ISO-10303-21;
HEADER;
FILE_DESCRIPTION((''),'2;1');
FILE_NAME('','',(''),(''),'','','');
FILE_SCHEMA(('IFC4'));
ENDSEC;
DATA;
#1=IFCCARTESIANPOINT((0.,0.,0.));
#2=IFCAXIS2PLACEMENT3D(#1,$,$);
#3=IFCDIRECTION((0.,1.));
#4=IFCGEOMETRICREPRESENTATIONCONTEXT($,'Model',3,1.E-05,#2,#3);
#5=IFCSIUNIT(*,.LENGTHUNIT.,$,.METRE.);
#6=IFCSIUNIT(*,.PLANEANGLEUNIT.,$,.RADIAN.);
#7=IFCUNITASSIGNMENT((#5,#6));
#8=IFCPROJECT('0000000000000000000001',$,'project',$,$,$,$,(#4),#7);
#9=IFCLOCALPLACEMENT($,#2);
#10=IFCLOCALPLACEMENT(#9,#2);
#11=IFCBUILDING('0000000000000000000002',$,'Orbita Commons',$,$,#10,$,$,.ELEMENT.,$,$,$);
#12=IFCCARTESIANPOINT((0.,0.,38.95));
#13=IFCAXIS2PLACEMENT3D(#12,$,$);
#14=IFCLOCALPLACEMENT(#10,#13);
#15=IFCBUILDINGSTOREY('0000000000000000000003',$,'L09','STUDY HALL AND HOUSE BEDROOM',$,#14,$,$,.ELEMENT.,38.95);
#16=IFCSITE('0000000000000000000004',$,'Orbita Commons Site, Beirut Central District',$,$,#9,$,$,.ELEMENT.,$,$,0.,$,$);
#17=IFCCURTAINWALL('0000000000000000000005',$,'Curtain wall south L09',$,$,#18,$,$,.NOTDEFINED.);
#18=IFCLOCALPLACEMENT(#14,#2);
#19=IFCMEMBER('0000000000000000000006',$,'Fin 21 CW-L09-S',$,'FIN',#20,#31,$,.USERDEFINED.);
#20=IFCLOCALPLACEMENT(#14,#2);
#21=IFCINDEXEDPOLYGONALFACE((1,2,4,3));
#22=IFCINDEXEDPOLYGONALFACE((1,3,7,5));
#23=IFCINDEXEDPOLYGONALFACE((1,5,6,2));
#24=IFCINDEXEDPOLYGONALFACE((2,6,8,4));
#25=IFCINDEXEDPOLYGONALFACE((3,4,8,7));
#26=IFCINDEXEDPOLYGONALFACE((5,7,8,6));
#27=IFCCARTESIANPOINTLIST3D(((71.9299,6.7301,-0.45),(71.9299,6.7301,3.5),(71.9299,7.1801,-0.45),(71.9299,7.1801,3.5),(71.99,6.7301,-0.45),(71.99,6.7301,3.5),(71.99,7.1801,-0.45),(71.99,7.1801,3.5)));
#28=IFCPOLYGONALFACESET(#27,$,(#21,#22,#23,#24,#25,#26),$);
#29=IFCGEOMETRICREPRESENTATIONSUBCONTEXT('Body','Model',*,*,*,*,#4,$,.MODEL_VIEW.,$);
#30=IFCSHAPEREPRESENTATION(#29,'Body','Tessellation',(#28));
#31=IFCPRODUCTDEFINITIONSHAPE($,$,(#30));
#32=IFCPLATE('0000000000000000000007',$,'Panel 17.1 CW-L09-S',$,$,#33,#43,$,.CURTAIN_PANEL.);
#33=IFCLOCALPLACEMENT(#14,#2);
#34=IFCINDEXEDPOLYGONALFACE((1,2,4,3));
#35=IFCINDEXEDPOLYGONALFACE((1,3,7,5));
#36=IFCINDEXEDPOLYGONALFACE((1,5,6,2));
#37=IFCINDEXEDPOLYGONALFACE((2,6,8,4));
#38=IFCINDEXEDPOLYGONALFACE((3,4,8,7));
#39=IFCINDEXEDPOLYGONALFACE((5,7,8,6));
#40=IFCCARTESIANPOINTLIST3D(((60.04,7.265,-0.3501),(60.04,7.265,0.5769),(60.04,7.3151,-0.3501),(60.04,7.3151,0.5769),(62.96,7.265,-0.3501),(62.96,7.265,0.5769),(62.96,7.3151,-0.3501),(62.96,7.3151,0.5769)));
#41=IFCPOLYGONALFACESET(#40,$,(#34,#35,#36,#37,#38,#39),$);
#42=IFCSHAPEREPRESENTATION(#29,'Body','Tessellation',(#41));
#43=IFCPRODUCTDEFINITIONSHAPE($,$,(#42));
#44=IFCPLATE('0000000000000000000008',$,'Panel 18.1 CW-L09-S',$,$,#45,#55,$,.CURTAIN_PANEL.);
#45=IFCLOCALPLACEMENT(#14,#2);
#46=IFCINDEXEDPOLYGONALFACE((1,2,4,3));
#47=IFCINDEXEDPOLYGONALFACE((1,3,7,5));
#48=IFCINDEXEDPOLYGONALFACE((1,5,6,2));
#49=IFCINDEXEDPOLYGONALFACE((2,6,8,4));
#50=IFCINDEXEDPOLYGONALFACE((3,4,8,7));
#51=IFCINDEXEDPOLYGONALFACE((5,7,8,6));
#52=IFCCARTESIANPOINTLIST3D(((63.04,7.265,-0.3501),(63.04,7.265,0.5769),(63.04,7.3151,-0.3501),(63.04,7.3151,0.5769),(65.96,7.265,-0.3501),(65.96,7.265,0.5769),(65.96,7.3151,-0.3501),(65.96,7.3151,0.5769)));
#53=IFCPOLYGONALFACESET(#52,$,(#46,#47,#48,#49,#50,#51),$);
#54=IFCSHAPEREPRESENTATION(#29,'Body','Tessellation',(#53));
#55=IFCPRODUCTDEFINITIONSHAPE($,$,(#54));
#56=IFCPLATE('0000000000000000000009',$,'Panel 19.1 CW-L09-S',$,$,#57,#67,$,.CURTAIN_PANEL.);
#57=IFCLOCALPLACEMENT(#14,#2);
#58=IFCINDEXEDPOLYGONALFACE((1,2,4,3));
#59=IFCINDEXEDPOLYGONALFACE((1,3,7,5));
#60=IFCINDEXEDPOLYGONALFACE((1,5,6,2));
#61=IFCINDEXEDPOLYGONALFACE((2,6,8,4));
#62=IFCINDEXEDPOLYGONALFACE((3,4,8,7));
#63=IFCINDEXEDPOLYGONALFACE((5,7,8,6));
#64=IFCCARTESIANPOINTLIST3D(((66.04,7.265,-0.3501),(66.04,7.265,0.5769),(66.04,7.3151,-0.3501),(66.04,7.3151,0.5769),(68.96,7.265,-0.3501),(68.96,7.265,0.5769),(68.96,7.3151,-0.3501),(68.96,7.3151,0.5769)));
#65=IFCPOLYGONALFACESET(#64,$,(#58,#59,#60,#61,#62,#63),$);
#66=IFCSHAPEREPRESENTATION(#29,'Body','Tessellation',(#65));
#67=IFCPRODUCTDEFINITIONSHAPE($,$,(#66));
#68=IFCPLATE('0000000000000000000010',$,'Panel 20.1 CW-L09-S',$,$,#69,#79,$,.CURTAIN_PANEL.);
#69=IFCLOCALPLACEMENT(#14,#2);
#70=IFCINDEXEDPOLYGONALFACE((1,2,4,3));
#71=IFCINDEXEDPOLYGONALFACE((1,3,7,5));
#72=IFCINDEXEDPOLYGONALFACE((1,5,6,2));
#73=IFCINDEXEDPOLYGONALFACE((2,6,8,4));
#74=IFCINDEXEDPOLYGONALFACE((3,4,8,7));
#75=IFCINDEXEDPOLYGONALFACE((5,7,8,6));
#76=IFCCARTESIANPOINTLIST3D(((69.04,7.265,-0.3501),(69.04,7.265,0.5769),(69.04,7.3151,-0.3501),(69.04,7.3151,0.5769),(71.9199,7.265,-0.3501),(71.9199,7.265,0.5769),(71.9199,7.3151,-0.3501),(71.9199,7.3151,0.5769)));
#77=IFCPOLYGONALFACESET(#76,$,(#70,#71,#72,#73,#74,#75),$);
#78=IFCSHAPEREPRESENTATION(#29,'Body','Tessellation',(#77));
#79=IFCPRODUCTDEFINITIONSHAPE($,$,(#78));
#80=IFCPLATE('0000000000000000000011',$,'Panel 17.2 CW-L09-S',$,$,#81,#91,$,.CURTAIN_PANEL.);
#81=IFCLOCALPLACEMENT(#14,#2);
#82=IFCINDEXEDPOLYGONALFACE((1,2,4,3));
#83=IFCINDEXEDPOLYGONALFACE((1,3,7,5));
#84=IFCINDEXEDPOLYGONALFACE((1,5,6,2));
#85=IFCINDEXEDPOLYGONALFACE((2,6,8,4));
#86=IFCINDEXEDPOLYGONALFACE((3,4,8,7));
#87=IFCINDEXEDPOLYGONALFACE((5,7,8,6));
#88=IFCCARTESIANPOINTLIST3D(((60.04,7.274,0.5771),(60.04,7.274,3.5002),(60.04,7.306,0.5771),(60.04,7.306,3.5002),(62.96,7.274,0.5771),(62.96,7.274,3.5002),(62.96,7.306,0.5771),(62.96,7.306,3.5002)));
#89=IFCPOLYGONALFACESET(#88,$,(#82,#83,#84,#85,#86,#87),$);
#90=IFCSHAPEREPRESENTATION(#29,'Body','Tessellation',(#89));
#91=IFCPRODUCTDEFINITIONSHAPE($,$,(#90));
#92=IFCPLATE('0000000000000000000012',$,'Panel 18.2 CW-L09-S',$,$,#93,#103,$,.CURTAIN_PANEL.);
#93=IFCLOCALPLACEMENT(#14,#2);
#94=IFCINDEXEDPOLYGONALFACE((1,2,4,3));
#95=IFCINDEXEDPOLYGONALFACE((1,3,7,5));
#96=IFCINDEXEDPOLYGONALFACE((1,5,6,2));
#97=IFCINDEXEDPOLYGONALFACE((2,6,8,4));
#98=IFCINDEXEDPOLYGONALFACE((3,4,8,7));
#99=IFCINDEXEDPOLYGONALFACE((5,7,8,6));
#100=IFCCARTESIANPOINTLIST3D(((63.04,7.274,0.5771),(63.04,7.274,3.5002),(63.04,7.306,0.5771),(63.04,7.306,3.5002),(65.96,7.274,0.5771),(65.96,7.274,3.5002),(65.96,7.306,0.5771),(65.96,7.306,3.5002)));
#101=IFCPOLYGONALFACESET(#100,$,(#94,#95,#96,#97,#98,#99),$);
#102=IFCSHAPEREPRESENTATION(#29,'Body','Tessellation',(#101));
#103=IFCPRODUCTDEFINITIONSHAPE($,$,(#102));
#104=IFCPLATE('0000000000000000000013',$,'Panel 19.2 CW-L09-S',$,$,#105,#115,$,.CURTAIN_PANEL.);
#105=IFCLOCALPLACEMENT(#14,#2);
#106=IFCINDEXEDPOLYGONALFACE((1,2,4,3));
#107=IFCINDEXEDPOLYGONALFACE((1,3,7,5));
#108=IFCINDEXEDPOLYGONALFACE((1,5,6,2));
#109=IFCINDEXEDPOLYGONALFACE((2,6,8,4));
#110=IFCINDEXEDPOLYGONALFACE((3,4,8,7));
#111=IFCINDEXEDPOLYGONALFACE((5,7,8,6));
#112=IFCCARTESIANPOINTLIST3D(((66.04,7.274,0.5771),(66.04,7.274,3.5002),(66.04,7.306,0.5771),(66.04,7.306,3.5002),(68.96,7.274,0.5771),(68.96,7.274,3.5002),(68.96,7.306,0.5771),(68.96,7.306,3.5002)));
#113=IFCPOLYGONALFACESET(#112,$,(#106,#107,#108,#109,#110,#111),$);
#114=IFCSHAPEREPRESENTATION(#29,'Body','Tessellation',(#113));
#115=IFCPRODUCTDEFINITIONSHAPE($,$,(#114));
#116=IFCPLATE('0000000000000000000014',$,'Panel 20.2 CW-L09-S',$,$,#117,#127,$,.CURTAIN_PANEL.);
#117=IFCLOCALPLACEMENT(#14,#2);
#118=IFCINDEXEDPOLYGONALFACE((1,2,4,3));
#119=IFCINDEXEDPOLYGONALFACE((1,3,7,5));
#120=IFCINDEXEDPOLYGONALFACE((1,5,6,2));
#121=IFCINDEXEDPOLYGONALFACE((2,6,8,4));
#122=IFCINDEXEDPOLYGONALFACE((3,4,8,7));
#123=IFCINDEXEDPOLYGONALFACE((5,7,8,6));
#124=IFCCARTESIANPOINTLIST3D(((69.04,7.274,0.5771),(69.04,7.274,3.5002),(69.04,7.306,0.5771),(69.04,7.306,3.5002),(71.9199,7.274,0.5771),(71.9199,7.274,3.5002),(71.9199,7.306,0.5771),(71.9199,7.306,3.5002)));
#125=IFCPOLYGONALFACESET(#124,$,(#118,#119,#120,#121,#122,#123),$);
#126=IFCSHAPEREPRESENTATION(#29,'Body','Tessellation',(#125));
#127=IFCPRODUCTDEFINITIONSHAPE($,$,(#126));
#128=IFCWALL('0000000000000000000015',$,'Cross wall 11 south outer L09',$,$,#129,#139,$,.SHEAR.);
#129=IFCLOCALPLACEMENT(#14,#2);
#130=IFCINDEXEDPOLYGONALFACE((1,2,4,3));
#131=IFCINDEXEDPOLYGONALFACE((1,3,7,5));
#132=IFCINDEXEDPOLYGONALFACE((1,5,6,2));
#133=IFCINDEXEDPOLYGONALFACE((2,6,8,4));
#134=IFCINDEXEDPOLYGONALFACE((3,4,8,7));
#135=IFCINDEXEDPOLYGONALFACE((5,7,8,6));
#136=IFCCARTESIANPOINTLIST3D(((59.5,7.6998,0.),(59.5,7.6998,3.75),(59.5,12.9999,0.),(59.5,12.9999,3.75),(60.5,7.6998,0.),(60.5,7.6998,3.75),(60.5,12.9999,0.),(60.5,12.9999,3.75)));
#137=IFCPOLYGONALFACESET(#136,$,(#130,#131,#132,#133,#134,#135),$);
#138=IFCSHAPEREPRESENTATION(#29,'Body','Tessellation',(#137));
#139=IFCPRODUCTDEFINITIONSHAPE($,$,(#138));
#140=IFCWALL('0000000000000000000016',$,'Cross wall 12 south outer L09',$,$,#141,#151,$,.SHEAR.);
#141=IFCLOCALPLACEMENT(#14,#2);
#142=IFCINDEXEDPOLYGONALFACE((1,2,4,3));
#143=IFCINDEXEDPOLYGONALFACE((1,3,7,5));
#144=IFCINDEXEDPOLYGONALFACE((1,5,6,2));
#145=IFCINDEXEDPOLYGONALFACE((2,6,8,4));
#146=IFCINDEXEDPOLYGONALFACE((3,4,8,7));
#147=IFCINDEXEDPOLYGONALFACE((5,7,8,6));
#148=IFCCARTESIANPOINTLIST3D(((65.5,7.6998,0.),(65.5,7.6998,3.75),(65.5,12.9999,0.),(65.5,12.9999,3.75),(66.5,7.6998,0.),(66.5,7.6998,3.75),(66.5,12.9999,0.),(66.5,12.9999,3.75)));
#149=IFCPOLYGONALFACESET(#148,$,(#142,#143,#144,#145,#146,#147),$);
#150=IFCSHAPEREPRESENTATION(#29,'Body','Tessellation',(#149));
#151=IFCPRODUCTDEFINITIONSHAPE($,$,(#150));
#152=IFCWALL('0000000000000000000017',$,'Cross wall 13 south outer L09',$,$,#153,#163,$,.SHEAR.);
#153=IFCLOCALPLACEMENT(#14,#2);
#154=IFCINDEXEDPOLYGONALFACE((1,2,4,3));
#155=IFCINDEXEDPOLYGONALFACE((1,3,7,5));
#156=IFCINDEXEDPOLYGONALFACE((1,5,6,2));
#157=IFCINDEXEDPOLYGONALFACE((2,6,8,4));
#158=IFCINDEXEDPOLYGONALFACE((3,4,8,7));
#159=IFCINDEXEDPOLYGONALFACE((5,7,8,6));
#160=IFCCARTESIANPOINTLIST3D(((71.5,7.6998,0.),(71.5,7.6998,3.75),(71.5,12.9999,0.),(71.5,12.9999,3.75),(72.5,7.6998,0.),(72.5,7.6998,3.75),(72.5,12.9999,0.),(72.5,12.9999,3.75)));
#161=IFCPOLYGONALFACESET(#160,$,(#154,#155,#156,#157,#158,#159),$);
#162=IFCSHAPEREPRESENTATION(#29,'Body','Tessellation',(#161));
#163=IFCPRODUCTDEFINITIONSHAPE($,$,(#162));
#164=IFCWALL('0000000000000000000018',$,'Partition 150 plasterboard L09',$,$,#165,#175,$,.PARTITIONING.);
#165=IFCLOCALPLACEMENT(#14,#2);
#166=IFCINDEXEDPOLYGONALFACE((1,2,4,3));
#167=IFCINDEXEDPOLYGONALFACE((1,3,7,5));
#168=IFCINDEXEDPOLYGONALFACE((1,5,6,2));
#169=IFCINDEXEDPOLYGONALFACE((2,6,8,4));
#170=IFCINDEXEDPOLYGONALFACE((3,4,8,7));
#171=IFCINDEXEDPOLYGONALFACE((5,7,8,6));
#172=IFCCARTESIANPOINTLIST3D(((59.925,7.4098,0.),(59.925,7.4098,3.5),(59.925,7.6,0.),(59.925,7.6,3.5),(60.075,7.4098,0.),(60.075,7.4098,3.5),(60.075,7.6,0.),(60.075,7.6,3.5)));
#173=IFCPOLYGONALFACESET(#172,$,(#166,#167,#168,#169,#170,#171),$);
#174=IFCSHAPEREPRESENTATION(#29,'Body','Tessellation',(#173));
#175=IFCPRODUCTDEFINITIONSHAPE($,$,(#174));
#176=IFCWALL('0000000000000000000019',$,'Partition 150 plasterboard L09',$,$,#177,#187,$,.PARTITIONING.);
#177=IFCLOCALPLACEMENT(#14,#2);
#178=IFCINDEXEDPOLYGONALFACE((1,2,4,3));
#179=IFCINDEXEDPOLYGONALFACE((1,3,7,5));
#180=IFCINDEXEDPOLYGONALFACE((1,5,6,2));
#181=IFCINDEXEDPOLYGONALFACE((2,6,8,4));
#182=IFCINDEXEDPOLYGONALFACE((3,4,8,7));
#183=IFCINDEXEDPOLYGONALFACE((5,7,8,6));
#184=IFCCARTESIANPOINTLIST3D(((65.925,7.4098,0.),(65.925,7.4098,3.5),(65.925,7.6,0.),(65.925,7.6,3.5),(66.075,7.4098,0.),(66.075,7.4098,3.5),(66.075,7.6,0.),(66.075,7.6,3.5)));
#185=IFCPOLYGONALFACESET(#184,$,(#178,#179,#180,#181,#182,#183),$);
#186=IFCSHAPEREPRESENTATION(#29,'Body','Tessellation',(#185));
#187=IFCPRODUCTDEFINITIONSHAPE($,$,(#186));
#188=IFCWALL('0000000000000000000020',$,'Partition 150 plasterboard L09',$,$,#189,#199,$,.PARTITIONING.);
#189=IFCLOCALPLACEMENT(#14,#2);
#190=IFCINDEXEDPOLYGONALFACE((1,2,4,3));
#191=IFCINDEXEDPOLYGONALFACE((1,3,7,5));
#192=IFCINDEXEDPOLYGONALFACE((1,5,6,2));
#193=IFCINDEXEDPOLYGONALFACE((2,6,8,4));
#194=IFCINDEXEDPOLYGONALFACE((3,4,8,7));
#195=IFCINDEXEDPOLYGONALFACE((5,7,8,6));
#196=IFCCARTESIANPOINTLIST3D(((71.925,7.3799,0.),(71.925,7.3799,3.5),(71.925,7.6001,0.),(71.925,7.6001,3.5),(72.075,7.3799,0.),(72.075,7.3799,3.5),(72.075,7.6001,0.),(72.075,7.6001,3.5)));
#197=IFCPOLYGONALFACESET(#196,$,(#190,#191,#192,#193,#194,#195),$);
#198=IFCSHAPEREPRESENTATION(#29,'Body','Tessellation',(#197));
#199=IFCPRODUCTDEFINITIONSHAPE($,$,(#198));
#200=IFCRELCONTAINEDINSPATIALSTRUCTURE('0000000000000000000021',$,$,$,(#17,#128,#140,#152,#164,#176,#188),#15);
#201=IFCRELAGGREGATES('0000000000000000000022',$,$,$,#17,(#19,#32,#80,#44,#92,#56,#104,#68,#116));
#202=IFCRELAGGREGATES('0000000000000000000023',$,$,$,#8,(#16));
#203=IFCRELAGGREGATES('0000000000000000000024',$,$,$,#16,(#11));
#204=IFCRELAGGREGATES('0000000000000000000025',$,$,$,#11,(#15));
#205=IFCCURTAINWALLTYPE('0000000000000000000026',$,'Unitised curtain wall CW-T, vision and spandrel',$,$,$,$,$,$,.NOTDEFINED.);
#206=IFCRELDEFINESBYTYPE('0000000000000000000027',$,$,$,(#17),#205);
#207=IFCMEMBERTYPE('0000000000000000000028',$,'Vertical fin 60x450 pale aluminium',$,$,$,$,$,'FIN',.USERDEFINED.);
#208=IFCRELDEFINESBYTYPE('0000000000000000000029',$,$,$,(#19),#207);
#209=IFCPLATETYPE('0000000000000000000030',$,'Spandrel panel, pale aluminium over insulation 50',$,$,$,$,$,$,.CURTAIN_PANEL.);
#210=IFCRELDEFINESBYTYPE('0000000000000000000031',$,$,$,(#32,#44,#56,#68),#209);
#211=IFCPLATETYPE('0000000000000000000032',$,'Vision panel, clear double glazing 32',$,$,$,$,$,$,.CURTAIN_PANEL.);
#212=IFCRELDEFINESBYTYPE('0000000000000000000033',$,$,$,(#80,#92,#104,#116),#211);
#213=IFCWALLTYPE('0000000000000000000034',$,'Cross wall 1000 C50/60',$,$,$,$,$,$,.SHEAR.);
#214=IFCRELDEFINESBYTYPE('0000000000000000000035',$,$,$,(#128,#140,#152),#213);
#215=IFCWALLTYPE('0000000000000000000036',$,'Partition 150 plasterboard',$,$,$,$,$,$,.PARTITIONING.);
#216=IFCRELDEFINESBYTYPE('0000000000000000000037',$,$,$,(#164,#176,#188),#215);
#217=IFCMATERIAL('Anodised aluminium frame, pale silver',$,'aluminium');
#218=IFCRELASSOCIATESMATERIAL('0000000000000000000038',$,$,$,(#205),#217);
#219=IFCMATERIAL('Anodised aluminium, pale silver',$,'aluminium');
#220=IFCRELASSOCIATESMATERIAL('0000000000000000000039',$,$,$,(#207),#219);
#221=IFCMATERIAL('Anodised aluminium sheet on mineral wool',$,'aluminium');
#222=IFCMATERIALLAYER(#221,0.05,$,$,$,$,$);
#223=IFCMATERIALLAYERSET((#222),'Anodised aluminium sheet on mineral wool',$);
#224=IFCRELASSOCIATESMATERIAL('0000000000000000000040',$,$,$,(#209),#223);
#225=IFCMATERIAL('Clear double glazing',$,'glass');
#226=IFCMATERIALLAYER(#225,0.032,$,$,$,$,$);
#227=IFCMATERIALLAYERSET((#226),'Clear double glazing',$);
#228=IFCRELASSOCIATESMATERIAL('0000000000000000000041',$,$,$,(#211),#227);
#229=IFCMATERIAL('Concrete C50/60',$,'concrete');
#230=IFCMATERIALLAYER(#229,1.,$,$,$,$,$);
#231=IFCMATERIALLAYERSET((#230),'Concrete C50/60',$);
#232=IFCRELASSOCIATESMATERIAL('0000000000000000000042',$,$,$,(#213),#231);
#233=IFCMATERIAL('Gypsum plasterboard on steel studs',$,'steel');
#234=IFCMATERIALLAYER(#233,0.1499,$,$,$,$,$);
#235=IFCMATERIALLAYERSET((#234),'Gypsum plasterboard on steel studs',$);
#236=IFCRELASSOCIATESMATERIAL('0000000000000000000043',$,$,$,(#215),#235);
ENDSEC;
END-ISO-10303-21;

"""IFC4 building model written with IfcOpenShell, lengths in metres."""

from ifc_helpers import new_model, si_unit, direction, frame, frame_2d, origin, origin_2d, place, context, subcontext, project, spatial, rectangle, extrude, material, layer, layer_set, material_profile, profile_set, type_object, element, aggregate, save


model = new_model("IFC4")

# Units and contexts
model_context = context("Model", 3, precision=1e-05, world=origin(), true_north=direction((0.0, 1.0)))
body_context = subcontext(model_context, "Body", "Model", "MODEL_VIEW")
ifc_project = project(units=[si_unit("LENGTHUNIT", "METRE"), si_unit("PLANEANGLEUNIT", "RADIAN")], contexts=[model_context])

# Site, building, storey
site_placement = place(None, origin())
site = spatial("IfcSite", under=ifc_project, at=site_placement, Name="Orbita Commons Site, Beirut Central District", CompositionType="ELEMENT", RefElevation=0.0)
building_placement = place(site_placement, origin())
building = spatial("IfcBuilding", under=site, at=building_placement, Name="Orbita Commons", CompositionType="ELEMENT")
storey_placement = place(building_placement, frame((0.0, 0.0, 38.95)))
storey = spatial("IfcBuildingStorey", under=building, at=storey_placement, Name="L09", Description="STUDY HALL AND HOUSE BEDROOM", CompositionType="ELEMENT", Elevation=38.95)

# Curtain wall
ifc_material_1 = material(Name="Anodised aluminium frame, pale silver", Category="aluminium")
curtain_wall_type = type_object("IfcCurtainWallType", Name="Unitised curtain wall CW-T, vision and spandrel", PredefinedType="NOTDEFINED", material=ifc_material_1)
curtain_wall_placement = place(storey_placement, origin())
curtain_wall = element("IfcCurtainWall", 1, at=curtain_wall_placement, inside=storey, type_object=curtain_wall_type, Name="Curtain wall south L09", PredefinedType="NOTDEFINED")

# Member
ifc_material_2 = material(Name="Anodised aluminium, pale silver", Category="aluminium")
ifc_material_profile_1 = material_profile(ifc_material_2, rectangle(XDim=0.0601, YDim=0.45, at=origin_2d()), Name="FIN 60x450")
ifc_profile_set_1 = profile_set([ifc_material_profile_1], Name="Anodised aluminium, pale silver")
member_type_1 = type_object("IfcMemberType", Name="Vertical fin 60x450 pale aluminium", ElementType="FIN", PredefinedType="USERDEFINED", material=ifc_profile_set_1)
member_1_placement = place(storey_placement, frame((71.96, 6.9551, -0.45), z_axis=(0.0, 0.0, 1.0), x_axis=(1.0, 0.0, 0.0)))
member_1 = element("IfcMember", 2, at=member_1_placement, type_object=member_type_1, Name="Fin 21 CW-L09-S", ObjectType="FIN", PredefinedType="USERDEFINED", context=body_context, shape_type="SweptSolid", body=[
    extrude(rectangle(XDim=0.0601, YDim=0.45, at=origin_2d()), origin(), (0.0, 0.0, 1.0), 3.95),
])

# Plates
ifc_material_3 = material(Name="Anodised aluminium sheet on mineral wool", Category="aluminium")
ifc_layer_1 = layer(ifc_material_3, 0.05)
ifc_layer_set_1 = layer_set([ifc_layer_1], Name="Anodised aluminium sheet on mineral wool")
plate_type_1 = type_object("IfcPlateType", Name="Spandrel panel, pale aluminium over insulation 50", PredefinedType="CURTAIN_PANEL", material=ifc_layer_set_1)
plate_1_placement = place(storey_placement, frame((61.5, 7.29, -0.3501), z_axis=(0.0, 0.0, 1.0), x_axis=(1.0, 0.0, 0.0)))
plate_1 = element("IfcPlate", 3, at=plate_1_placement, type_object=plate_type_1, Name="Panel 17.1 CW-L09-S", PredefinedType="CURTAIN_PANEL", context=body_context, shape_type="SweptSolid", body=[
    extrude(rectangle(XDim=2.9199, YDim=0.05, at=origin_2d()), origin(), (0.0, 0.0, 1.0), 0.927),
])
plate_2_placement = place(storey_placement, frame((64.5, 7.29, -0.3501), z_axis=(0.0, 0.0, 1.0), x_axis=(1.0, 0.0, 0.0)))
plate_2 = element("IfcPlate", 4, at=plate_2_placement, type_object=plate_type_1, Name="Panel 18.1 CW-L09-S", PredefinedType="CURTAIN_PANEL", context=body_context, shape_type="SweptSolid", body=[
    extrude(rectangle(XDim=2.9199, YDim=0.05, at=origin_2d()), origin(), (0.0, 0.0, 1.0), 0.927),
])
plate_3_placement = place(storey_placement, frame((67.5, 7.29, -0.3501), z_axis=(0.0, 0.0, 1.0), x_axis=(1.0, 0.0, 0.0)))
plate_3 = element("IfcPlate", 5, at=plate_3_placement, type_object=plate_type_1, Name="Panel 19.1 CW-L09-S", PredefinedType="CURTAIN_PANEL", context=body_context, shape_type="SweptSolid", body=[
    extrude(rectangle(XDim=2.9199, YDim=0.05, at=origin_2d()), origin(), (0.0, 0.0, 1.0), 0.927),
])
plate_4_placement = place(storey_placement, frame((70.48, 7.29, -0.3501), z_axis=(0.0, 0.0, 1.0), x_axis=(1.0, 0.0, 0.0)))
plate_4 = element("IfcPlate", 6, at=plate_4_placement, type_object=plate_type_1, Name="Panel 20.1 CW-L09-S", PredefinedType="CURTAIN_PANEL", context=body_context, shape_type="SweptSolid", body=[
    extrude(rectangle(XDim=2.8799, YDim=0.05, at=origin_2d()), origin(), (0.0, 0.0, 1.0), 0.927),
])
ifc_material_4 = material(Name="Clear double glazing", Category="glass")
ifc_layer_2 = layer(ifc_material_4, 0.032)
ifc_layer_set_2 = layer_set([ifc_layer_2], Name="Clear double glazing")
plate_type_2 = type_object("IfcPlateType", Name="Vision panel, clear double glazing 32", PredefinedType="CURTAIN_PANEL", material=ifc_layer_set_2)
plate_5_placement = place(storey_placement, frame((61.5, 7.29, 0.5771), z_axis=(0.0, 0.0, 1.0), x_axis=(1.0, 0.0, 0.0)))
plate_5 = element("IfcPlate", 7, at=plate_5_placement, type_object=plate_type_2, Name="Panel 17.2 CW-L09-S", PredefinedType="CURTAIN_PANEL", context=body_context, shape_type="SweptSolid", body=[
    extrude(rectangle(XDim=2.9199, YDim=0.032, at=origin_2d()), origin(), (0.0, 0.0, 1.0), 2.9231),
])
plate_6_placement = place(storey_placement, frame((64.5, 7.29, 0.5771), z_axis=(0.0, 0.0, 1.0), x_axis=(1.0, 0.0, 0.0)))
plate_6 = element("IfcPlate", 8, at=plate_6_placement, type_object=plate_type_2, Name="Panel 18.2 CW-L09-S", PredefinedType="CURTAIN_PANEL", context=body_context, shape_type="SweptSolid", body=[
    extrude(rectangle(XDim=2.9199, YDim=0.032, at=origin_2d()), origin(), (0.0, 0.0, 1.0), 2.9231),
])
plate_7_placement = place(storey_placement, frame((67.5, 7.29, 0.5771), z_axis=(0.0, 0.0, 1.0), x_axis=(1.0, 0.0, 0.0)))
plate_7 = element("IfcPlate", 9, at=plate_7_placement, type_object=plate_type_2, Name="Panel 19.2 CW-L09-S", PredefinedType="CURTAIN_PANEL", context=body_context, shape_type="SweptSolid", body=[
    extrude(rectangle(XDim=2.9199, YDim=0.032, at=origin_2d()), origin(), (0.0, 0.0, 1.0), 2.9231),
])
plate_8_placement = place(storey_placement, frame((70.48, 7.29, 0.5771), z_axis=(0.0, 0.0, 1.0), x_axis=(1.0, 0.0, 0.0)))
plate_8 = element("IfcPlate", 10, at=plate_8_placement, type_object=plate_type_2, Name="Panel 20.2 CW-L09-S", PredefinedType="CURTAIN_PANEL", context=body_context, shape_type="SweptSolid", body=[
    extrude(rectangle(XDim=2.8799, YDim=0.032, at=origin_2d()), origin(), (0.0, 0.0, 1.0), 2.9231),
])
aggregate(curtain_wall, [member_1, plate_1, plate_5, plate_2, plate_6, plate_3, plate_7, plate_4, plate_8])

# Walls
ifc_material_5 = material(Name="Concrete C50/60", Category="concrete")
ifc_layer_3 = layer(ifc_material_5, 1.0)
ifc_layer_set_3 = layer_set([ifc_layer_3], Name="Concrete C50/60")
wall_type_1 = type_object("IfcWallType", Name="Cross wall 1000 C50/60", PredefinedType="SHEAR", material=ifc_layer_set_3)
for number, where, z_axis, x_axis, name in (
    (11, (60.0, 7.7, 0.0), (0.0, 0.0, 1.0), (0.0, 1.0, 0.0), "Cross wall 11 south outer L09"),
    (12, (66.0, 7.7, 0.0), (0.0, 0.0, 1.0), (0.0, 1.0, 0.0), "Cross wall 12 south outer L09"),
    (13, (72.0, 7.7, 0.0), (0.0, 0.0, 1.0), (0.0, 1.0, 0.0), "Cross wall 13 south outer L09"),
):
    element("IfcWall", number, at=place(storey_placement, frame(where, z_axis=z_axis, x_axis=x_axis)), inside=storey, type_object=wall_type_1, Name=name, PredefinedType="SHEAR", context=body_context, shape_type="SweptSolid", body=[
        extrude(rectangle(XDim=5.3, YDim=1.0, at=frame_2d((2.6499, 0.0))), origin(), (0.0, 0.0, 1.0), 3.75),
    ])
ifc_material_6 = material(Name="Gypsum plasterboard on steel studs", Category="steel")
ifc_layer_4 = layer(ifc_material_6, 0.1499)
ifc_layer_set_4 = layer_set([ifc_layer_4], Name="Gypsum plasterboard on steel studs")
wall_type_2 = type_object("IfcWallType", Name="Partition 150 plasterboard", PredefinedType="PARTITIONING", material=ifc_layer_set_4)
for number, where, z_axis, x_axis, name in (
    (14, (60.0, 7.6001, 0.0), (0.0, 0.0, 1.0), (0.0, -1.0, 0.0), "Partition 150 plasterboard L09"),
    (15, (66.0, 7.6001, 0.0), (0.0, 0.0, 1.0), (0.0, -1.0, 0.0), "Partition 150 plasterboard L09"),
):
    element("IfcWall", number, at=place(storey_placement, frame(where, z_axis=z_axis, x_axis=x_axis)), inside=storey, type_object=wall_type_2, Name=name, PredefinedType="PARTITIONING", context=body_context, shape_type="SweptSolid", body=[
        extrude(rectangle(XDim=0.1902, YDim=0.1499, at=frame_2d((0.0952, 0.0))), origin(), (0.0, 0.0, 1.0), 3.5),
    ])
wall_1_placement = place(storey_placement, frame((72.0, 7.6001, 0.0), z_axis=(0.0, 0.0, 1.0), x_axis=(0.0, -1.0, 0.0)))
element("IfcWall", 16, at=wall_1_placement, inside=storey, type_object=wall_type_2, Name="Partition 150 plasterboard L09", PredefinedType="PARTITIONING", context=body_context, shape_type="SweptSolid", body=[
    extrude(rectangle(XDim=0.2202, YDim=0.1499, at=frame_2d((0.1101, 0.0))), origin(), (0.0, 0.0, 1.0), 3.5),
])

save(model, "model.ifc")
